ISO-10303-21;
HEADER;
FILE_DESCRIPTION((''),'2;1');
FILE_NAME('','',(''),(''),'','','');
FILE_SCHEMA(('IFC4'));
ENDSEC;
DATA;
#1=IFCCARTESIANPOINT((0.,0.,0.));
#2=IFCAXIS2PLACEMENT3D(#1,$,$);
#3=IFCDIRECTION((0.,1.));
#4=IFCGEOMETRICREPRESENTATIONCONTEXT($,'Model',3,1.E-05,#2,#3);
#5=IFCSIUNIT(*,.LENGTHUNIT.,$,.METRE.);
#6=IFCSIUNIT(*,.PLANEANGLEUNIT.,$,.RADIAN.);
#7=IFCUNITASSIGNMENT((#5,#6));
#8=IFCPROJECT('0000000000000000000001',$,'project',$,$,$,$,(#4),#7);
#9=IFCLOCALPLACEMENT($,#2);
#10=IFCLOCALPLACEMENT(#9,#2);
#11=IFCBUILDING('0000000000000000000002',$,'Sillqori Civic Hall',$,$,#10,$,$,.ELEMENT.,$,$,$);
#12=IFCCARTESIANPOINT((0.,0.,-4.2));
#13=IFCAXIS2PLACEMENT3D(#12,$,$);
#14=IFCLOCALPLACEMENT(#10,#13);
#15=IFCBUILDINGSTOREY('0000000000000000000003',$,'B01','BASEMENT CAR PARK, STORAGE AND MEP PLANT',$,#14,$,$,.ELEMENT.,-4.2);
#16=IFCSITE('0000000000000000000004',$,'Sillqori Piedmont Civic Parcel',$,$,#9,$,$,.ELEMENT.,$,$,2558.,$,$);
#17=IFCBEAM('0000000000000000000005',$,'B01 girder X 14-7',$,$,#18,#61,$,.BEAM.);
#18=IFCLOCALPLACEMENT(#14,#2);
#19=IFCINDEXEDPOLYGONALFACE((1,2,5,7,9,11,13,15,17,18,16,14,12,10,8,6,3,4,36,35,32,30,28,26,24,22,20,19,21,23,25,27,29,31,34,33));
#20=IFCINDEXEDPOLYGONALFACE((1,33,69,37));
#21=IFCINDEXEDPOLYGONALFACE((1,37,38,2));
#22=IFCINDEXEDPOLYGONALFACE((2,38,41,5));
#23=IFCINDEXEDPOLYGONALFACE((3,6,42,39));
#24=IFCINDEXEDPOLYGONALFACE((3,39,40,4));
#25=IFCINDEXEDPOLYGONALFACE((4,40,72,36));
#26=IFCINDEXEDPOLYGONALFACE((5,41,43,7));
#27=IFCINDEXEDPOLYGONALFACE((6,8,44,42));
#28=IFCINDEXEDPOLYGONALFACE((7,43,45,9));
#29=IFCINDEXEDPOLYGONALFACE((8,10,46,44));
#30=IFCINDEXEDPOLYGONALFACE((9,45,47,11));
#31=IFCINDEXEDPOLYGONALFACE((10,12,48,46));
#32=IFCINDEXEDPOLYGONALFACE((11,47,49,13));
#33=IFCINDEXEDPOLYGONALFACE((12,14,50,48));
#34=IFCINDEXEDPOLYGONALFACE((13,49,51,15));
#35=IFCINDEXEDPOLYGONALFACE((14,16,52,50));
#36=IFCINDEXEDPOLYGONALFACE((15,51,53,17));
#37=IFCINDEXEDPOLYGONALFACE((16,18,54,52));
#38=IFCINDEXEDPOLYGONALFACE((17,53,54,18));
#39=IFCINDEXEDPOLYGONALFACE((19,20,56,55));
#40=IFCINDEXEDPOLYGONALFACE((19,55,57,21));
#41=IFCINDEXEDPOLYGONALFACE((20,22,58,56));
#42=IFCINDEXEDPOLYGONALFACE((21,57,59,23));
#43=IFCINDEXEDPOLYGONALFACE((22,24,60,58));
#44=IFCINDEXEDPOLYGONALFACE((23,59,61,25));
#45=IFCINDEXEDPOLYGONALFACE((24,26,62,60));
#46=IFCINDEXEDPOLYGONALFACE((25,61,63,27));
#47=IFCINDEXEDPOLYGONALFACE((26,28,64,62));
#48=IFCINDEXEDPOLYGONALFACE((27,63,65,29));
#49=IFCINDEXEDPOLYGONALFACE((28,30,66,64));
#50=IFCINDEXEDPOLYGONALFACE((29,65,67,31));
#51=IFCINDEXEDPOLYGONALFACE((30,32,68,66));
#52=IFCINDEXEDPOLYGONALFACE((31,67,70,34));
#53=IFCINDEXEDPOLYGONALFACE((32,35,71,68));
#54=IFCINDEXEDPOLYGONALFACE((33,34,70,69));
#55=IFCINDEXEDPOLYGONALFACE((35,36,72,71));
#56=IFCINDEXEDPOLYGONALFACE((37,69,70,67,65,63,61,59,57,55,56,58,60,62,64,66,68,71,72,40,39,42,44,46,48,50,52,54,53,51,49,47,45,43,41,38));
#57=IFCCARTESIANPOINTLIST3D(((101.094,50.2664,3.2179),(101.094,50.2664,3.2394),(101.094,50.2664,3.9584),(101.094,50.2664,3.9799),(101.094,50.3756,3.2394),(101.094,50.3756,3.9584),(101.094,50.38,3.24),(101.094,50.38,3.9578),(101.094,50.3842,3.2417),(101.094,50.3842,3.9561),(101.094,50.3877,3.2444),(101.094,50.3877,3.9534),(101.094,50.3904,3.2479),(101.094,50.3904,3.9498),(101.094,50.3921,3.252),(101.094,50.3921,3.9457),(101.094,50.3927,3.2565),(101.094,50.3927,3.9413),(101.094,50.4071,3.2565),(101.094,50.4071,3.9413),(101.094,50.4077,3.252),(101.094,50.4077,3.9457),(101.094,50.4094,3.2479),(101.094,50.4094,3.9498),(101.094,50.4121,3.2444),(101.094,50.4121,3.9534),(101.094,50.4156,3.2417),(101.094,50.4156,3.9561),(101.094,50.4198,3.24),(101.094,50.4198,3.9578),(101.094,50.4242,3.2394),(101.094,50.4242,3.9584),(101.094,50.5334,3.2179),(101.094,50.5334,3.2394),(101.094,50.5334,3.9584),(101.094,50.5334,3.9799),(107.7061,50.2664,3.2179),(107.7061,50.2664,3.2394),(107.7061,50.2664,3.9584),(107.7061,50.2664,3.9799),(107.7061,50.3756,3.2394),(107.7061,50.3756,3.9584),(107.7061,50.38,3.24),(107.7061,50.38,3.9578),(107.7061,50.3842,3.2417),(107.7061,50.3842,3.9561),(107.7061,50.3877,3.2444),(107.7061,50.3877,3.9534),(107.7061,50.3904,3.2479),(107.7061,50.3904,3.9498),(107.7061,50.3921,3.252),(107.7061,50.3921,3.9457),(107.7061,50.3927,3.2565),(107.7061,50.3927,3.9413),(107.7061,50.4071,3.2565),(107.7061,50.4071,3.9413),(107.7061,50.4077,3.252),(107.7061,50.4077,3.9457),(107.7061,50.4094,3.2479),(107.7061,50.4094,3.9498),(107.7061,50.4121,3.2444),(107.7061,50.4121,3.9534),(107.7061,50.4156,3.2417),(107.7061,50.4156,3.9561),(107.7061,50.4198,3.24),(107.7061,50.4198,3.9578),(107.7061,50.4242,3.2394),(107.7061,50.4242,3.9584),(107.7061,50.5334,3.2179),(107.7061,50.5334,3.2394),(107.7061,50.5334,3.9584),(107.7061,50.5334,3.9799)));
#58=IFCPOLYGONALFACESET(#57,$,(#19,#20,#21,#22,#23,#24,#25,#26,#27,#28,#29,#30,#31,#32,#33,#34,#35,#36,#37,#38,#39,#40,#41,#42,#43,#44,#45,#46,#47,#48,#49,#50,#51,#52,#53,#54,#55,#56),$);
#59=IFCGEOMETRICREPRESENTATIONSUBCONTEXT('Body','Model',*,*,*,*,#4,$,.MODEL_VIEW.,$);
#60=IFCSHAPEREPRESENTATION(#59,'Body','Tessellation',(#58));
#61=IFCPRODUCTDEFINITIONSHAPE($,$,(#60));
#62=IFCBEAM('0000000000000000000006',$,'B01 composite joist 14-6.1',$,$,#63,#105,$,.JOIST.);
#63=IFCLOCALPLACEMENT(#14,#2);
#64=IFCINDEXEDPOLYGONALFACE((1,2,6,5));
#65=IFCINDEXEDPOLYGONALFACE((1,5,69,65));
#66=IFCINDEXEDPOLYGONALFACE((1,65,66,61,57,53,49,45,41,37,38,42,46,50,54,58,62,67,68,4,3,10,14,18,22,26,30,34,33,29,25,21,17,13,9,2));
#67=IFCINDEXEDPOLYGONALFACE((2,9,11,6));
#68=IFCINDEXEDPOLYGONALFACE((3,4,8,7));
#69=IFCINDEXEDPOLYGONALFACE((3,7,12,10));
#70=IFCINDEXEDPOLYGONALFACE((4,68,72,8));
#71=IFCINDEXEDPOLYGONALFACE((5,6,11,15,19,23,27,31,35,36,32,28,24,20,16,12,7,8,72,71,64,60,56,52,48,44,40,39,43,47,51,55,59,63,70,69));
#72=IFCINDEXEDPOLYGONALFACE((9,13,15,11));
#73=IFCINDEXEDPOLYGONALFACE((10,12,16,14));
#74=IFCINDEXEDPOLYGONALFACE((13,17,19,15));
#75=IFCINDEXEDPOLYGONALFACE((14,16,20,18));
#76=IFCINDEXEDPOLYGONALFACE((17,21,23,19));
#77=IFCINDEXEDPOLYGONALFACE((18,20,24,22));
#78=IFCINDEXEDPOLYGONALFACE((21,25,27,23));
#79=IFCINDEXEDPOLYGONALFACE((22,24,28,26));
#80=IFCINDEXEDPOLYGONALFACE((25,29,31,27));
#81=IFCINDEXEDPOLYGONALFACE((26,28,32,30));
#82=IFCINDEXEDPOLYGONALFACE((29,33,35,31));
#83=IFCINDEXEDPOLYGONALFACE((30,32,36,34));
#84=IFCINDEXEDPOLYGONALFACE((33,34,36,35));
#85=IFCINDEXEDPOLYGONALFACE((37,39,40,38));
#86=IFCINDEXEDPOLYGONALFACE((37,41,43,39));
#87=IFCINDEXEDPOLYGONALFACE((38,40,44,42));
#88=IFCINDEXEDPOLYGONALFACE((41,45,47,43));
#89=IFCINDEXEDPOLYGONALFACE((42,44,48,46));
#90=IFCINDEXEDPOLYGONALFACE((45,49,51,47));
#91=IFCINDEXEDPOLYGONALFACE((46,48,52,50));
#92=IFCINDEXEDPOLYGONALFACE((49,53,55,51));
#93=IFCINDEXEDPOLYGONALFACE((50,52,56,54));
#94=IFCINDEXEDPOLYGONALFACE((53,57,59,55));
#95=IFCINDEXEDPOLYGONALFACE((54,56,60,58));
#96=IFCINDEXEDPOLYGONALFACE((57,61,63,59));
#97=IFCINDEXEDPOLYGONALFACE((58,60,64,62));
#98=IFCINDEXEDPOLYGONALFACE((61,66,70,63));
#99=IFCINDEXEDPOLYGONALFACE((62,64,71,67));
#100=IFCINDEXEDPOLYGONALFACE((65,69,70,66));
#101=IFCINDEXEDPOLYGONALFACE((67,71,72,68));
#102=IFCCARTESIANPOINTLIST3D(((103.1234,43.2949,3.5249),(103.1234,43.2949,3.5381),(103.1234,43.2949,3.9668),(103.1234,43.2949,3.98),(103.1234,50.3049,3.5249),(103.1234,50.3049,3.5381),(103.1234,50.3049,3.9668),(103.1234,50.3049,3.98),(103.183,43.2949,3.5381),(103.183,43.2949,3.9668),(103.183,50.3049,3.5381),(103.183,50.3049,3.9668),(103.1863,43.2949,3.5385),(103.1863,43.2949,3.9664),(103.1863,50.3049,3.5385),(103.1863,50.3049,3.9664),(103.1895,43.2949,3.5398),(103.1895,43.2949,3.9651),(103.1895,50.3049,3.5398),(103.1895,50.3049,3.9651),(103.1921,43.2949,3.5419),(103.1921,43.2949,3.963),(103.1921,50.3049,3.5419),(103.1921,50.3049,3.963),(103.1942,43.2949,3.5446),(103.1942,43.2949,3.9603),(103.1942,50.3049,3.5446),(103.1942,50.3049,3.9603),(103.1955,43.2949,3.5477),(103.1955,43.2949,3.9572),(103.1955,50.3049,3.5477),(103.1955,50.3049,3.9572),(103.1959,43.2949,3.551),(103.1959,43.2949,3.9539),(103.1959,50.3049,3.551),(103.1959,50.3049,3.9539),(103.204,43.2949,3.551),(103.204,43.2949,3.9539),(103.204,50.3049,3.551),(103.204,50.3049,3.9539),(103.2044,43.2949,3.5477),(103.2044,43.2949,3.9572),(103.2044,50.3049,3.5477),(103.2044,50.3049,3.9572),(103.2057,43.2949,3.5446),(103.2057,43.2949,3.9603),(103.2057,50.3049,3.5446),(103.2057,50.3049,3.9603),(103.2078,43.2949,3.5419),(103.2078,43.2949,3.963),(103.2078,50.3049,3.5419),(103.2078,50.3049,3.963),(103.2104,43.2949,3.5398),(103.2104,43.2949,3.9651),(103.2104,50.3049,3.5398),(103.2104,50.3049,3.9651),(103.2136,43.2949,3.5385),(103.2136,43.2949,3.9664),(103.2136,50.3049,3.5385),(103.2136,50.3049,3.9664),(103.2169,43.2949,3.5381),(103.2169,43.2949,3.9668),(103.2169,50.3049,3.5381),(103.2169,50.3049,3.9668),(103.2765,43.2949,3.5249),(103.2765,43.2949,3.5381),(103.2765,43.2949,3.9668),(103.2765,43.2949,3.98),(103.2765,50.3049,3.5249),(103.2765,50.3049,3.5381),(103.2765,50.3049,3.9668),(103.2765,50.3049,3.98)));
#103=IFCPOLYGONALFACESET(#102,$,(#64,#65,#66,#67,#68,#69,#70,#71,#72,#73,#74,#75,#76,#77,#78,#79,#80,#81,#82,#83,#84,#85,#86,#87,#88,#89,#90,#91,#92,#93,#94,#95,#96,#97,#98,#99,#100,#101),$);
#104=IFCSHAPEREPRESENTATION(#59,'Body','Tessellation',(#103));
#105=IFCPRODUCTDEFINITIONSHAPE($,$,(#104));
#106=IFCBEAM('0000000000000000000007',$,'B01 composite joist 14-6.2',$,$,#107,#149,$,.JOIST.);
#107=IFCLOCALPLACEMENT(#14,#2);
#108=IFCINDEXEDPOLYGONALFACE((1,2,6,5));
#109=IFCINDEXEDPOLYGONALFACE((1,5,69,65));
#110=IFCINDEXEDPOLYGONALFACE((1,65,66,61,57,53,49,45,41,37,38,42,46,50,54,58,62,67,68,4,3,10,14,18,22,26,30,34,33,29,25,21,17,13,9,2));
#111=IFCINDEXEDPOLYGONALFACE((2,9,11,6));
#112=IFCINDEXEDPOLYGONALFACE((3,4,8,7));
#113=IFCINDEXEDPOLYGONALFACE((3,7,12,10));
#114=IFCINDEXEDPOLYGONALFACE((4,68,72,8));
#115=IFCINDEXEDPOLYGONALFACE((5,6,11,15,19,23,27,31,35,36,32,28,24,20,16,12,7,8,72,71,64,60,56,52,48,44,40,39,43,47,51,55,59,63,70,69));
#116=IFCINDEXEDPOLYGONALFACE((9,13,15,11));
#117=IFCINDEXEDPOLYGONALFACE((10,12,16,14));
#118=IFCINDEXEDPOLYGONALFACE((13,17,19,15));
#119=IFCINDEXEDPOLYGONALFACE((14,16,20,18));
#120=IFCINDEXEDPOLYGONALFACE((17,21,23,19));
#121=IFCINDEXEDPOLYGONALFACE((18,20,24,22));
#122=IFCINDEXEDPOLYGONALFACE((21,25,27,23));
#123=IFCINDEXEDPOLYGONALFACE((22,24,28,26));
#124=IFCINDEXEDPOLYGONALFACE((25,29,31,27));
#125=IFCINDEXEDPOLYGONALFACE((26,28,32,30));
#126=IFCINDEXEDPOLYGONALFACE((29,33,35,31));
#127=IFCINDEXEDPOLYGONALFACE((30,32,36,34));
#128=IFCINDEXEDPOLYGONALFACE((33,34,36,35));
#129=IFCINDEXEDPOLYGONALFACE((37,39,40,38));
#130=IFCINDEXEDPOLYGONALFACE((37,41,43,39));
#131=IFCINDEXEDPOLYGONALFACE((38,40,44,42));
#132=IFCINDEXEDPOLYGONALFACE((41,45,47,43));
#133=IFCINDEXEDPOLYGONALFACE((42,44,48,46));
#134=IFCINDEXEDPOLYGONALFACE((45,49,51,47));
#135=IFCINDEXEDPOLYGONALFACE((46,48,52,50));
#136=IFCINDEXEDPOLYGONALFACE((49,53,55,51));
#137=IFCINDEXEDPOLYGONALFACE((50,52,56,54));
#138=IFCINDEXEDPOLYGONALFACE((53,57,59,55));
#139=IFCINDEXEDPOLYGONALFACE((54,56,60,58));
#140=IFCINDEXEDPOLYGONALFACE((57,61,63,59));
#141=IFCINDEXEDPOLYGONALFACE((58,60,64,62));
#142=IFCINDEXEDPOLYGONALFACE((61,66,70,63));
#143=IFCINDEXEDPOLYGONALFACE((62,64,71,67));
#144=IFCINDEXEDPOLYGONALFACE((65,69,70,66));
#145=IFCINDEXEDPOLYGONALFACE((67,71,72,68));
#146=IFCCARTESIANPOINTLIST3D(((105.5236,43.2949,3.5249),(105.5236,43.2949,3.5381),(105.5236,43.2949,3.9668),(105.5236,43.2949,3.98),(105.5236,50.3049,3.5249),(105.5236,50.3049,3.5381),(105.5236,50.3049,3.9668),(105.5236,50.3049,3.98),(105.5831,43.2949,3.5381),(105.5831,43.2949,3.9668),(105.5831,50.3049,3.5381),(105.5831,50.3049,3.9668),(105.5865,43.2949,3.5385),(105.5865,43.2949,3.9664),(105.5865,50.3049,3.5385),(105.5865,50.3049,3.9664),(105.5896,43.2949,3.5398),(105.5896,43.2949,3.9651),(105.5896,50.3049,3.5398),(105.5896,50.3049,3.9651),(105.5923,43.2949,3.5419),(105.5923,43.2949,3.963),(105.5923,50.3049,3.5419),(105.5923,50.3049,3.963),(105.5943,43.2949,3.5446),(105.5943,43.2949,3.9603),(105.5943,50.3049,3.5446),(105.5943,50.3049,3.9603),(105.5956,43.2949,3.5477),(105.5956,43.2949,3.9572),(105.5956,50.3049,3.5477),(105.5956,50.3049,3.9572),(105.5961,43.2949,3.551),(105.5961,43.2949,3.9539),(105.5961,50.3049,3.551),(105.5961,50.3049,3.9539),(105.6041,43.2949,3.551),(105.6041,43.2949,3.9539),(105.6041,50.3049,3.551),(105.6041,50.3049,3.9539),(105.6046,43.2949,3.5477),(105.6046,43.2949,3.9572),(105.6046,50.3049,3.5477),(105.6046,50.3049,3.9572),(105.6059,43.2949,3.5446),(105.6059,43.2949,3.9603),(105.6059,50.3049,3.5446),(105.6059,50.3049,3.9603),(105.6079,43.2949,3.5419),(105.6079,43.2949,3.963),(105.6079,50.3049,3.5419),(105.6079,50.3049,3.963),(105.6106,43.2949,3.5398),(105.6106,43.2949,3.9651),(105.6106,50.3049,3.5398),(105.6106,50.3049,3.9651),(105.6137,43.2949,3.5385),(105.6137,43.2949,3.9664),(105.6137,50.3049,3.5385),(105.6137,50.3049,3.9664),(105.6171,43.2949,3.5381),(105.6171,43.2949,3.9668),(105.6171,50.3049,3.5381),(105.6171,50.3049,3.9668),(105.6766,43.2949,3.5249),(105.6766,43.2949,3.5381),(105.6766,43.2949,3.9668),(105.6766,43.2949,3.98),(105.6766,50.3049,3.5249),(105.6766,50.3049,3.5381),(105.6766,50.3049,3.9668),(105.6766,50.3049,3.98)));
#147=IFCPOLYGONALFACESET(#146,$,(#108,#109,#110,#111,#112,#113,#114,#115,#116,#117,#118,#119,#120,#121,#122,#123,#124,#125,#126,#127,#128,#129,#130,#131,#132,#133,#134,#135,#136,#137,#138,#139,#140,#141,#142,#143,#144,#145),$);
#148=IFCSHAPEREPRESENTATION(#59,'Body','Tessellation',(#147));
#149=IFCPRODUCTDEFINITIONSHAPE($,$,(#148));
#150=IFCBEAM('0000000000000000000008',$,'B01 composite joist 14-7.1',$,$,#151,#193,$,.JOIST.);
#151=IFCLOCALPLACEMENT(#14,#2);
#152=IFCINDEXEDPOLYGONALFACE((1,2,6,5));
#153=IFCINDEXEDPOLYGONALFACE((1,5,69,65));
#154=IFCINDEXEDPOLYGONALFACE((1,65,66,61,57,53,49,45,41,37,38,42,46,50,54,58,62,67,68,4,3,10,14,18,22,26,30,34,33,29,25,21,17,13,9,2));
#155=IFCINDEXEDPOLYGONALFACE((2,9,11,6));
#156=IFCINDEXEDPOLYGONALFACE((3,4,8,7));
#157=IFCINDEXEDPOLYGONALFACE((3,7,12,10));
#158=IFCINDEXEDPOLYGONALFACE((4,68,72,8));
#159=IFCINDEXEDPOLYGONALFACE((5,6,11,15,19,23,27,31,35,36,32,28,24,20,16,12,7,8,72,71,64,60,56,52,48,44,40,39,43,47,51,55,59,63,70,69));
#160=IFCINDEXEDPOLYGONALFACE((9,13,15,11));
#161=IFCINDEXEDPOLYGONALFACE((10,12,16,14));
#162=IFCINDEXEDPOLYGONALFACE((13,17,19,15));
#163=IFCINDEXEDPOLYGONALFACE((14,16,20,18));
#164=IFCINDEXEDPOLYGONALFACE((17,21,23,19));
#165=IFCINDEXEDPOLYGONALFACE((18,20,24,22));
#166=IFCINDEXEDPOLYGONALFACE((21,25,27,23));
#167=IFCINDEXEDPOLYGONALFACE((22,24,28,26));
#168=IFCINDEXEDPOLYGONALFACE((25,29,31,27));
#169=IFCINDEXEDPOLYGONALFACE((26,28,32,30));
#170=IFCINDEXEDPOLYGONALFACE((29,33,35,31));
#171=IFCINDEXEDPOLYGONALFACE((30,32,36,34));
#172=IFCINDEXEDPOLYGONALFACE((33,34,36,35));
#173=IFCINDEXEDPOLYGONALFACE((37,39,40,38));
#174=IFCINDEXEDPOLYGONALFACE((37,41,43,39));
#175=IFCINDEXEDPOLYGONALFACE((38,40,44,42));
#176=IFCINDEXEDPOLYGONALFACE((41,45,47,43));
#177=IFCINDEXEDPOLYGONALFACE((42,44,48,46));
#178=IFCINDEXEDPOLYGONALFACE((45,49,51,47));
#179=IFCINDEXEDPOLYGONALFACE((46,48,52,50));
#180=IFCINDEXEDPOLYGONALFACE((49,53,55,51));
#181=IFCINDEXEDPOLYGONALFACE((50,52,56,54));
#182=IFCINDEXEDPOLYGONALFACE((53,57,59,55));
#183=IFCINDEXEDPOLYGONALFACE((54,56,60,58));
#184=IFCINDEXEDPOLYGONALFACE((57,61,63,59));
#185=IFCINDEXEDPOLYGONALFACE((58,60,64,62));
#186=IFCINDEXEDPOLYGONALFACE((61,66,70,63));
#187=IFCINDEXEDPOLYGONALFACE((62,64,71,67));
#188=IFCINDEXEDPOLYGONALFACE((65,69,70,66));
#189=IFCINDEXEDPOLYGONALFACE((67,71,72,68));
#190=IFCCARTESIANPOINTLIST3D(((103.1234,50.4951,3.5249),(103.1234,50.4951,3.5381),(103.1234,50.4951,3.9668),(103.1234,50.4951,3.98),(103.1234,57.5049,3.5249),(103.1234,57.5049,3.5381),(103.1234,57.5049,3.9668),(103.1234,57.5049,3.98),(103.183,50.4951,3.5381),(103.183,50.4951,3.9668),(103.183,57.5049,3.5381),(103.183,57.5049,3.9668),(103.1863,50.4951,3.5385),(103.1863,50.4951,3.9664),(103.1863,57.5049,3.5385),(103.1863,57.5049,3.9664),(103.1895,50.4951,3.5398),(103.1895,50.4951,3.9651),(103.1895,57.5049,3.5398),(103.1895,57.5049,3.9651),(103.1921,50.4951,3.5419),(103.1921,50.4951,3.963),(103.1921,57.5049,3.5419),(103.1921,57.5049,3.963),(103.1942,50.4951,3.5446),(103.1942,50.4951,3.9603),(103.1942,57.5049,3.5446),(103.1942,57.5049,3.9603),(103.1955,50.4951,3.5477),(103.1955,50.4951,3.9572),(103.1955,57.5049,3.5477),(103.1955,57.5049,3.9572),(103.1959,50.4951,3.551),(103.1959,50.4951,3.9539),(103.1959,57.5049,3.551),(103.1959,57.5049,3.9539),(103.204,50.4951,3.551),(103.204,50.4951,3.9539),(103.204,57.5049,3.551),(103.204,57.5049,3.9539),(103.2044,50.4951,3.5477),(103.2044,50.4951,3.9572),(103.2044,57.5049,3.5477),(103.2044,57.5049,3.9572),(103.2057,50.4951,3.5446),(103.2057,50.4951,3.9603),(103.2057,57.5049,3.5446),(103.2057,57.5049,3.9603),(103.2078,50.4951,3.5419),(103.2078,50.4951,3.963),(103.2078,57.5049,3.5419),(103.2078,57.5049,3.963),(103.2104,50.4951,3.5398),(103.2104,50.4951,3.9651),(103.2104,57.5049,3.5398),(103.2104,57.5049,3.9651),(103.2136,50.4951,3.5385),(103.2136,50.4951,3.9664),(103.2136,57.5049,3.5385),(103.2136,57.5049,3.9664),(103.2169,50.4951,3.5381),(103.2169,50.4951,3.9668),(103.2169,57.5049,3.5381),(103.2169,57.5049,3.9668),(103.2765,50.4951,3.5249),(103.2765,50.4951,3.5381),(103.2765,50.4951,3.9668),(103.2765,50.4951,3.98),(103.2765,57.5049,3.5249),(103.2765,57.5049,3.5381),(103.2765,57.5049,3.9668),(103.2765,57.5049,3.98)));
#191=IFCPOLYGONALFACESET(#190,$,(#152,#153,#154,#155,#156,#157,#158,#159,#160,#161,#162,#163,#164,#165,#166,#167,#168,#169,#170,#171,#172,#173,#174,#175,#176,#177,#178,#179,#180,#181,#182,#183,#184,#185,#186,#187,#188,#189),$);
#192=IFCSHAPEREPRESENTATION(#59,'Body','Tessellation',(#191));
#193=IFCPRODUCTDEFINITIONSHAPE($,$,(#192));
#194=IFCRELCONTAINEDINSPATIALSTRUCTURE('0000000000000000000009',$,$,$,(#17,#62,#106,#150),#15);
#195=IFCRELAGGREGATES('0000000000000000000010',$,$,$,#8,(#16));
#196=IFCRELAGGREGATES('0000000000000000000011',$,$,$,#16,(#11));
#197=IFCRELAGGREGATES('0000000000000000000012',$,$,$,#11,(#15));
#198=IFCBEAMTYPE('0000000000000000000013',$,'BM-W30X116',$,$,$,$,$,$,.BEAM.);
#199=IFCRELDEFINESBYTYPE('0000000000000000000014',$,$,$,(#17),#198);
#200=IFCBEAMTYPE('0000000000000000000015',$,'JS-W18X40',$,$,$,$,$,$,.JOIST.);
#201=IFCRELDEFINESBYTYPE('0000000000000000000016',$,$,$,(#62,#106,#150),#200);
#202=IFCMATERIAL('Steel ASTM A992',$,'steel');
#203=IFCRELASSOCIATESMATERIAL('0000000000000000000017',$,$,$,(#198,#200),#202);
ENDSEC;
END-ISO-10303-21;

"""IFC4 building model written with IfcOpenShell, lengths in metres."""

from ifc_helpers import new_model, si_unit, direction, frame, origin, origin_2d, place, context, subcontext, project, spatial, i_section, extrude, material, material_profile, profile_set, type_object, element, save


model = new_model("IFC4")

# Units and contexts
model_context = context("Model", 3, precision=1e-05, world=origin(), true_north=direction((0.0, 1.0)))
body_context = subcontext(model_context, "Body", "Model", "MODEL_VIEW")
ifc_project = project(units=[si_unit("LENGTHUNIT", "METRE"), si_unit("PLANEANGLEUNIT", "RADIAN")], contexts=[model_context])

# Site, building, storey
site_placement = place(None, origin())
site = spatial("IfcSite", under=ifc_project, at=site_placement, Name="Sillqori Piedmont Civic Parcel", CompositionType="ELEMENT", RefElevation=2558.0)
building_placement = place(site_placement, origin())
building = spatial("IfcBuilding", under=site, at=building_placement, Name="Sillqori Civic Hall", CompositionType="ELEMENT")
storey_placement = place(building_placement, frame((0.0, 0.0, -4.2)))
storey = spatial("IfcBuildingStorey", under=building, at=storey_placement, Name="B01", Description="BASEMENT CAR PARK, STORAGE AND MEP PLANT", CompositionType="ELEMENT", Elevation=-4.2)

# Beams
ifc_material_1 = material(Name="Steel ASTM A992", Category="steel")
ifc_material_profile_1 = material_profile(ifc_material_1, i_section(OverallWidth=0.2671, OverallDepth=0.762, WebThickness=0.0144, FlangeThickness=0.0215, FilletRadius=0.0171, at=origin_2d()), Name="W30X116")
ifc_profile_set_1 = profile_set([ifc_material_profile_1], Name="Steel ASTM A992")
beam_type_1 = type_object("IfcBeamType", Name="BM-W30X116", PredefinedType="BEAM", material=ifc_profile_set_1)
beam_1_placement = place(storey_placement, frame((101.094, 50.3999, 3.5989), z_axis=(1.0, 0.0, 0.0), x_axis=(0.0, 1.0, 0.0)))
element("IfcBeam", 1, at=beam_1_placement, inside=storey, type_object=beam_type_1, Name="B01 girder X 14-7", PredefinedType="BEAM", context=body_context, shape_type="SweptSolid", body=[
    extrude(i_section(OverallWidth=0.2671, OverallDepth=0.762, WebThickness=0.0144, FlangeThickness=0.0215, FilletRadius=0.0171, at=origin_2d()), origin(), (0.0, 0.0, 1.0), 6.6121),
])
ifc_material_profile_2 = material_profile(ifc_material_1, i_section(OverallWidth=0.1531, OverallDepth=0.4551, WebThickness=0.0081, FlangeThickness=0.0132, FilletRadius=0.0129, at=origin_2d()), Name="W18X40")
ifc_profile_set_2 = profile_set([ifc_material_profile_2], Name="Steel ASTM A992")
beam_type_2 = type_object("IfcBeamType", Name="JS-W18X40", PredefinedType="JOIST", material=ifc_profile_set_2)
for number, where, z_axis, x_axis, name in (
    (2, (103.2, 43.2949, 3.7524), (0.0, 1.0, 0.0), (-1.0, 0.0, 0.0), "B01 composite joist 14-6.1"),
    (3, (105.6001, 43.2949, 3.7524), (0.0, 1.0, 0.0), (-1.0, 0.0, 0.0), "B01 composite joist 14-6.2"),
):
    element("IfcBeam", number, at=place(storey_placement, frame(where, z_axis=z_axis, x_axis=x_axis)), inside=storey, type_object=beam_type_2, Name=name, PredefinedType="JOIST", context=body_context, shape_type="SweptSolid", body=[
        extrude(i_section(OverallWidth=0.1531, OverallDepth=0.4551, WebThickness=0.0081, FlangeThickness=0.0132, FilletRadius=0.0129, at=origin_2d()), origin(), (0.0, 0.0, 1.0), 7.01),
    ])
for number, where, z_axis, x_axis, name in (
    (4, (103.2, 50.4951, 3.7524), (0.0, 1.0, 0.0), (-1.0, 0.0, 0.0), "B01 composite joist 14-7.1"),
):
    element("IfcBeam", number, at=place(storey_placement, frame(where, z_axis=z_axis, x_axis=x_axis)), inside=storey, type_object=beam_type_2, Name=name, PredefinedType="JOIST", context=body_context, shape_type="SweptSolid", body=[
        extrude(i_section(OverallWidth=0.1531, OverallDepth=0.4551, WebThickness=0.0081, FlangeThickness=0.0132, FilletRadius=0.0129, at=origin_2d()), origin(), (0.0, 0.0, 1.0), 7.0098),
    ])

save(model, "model.ifc")
